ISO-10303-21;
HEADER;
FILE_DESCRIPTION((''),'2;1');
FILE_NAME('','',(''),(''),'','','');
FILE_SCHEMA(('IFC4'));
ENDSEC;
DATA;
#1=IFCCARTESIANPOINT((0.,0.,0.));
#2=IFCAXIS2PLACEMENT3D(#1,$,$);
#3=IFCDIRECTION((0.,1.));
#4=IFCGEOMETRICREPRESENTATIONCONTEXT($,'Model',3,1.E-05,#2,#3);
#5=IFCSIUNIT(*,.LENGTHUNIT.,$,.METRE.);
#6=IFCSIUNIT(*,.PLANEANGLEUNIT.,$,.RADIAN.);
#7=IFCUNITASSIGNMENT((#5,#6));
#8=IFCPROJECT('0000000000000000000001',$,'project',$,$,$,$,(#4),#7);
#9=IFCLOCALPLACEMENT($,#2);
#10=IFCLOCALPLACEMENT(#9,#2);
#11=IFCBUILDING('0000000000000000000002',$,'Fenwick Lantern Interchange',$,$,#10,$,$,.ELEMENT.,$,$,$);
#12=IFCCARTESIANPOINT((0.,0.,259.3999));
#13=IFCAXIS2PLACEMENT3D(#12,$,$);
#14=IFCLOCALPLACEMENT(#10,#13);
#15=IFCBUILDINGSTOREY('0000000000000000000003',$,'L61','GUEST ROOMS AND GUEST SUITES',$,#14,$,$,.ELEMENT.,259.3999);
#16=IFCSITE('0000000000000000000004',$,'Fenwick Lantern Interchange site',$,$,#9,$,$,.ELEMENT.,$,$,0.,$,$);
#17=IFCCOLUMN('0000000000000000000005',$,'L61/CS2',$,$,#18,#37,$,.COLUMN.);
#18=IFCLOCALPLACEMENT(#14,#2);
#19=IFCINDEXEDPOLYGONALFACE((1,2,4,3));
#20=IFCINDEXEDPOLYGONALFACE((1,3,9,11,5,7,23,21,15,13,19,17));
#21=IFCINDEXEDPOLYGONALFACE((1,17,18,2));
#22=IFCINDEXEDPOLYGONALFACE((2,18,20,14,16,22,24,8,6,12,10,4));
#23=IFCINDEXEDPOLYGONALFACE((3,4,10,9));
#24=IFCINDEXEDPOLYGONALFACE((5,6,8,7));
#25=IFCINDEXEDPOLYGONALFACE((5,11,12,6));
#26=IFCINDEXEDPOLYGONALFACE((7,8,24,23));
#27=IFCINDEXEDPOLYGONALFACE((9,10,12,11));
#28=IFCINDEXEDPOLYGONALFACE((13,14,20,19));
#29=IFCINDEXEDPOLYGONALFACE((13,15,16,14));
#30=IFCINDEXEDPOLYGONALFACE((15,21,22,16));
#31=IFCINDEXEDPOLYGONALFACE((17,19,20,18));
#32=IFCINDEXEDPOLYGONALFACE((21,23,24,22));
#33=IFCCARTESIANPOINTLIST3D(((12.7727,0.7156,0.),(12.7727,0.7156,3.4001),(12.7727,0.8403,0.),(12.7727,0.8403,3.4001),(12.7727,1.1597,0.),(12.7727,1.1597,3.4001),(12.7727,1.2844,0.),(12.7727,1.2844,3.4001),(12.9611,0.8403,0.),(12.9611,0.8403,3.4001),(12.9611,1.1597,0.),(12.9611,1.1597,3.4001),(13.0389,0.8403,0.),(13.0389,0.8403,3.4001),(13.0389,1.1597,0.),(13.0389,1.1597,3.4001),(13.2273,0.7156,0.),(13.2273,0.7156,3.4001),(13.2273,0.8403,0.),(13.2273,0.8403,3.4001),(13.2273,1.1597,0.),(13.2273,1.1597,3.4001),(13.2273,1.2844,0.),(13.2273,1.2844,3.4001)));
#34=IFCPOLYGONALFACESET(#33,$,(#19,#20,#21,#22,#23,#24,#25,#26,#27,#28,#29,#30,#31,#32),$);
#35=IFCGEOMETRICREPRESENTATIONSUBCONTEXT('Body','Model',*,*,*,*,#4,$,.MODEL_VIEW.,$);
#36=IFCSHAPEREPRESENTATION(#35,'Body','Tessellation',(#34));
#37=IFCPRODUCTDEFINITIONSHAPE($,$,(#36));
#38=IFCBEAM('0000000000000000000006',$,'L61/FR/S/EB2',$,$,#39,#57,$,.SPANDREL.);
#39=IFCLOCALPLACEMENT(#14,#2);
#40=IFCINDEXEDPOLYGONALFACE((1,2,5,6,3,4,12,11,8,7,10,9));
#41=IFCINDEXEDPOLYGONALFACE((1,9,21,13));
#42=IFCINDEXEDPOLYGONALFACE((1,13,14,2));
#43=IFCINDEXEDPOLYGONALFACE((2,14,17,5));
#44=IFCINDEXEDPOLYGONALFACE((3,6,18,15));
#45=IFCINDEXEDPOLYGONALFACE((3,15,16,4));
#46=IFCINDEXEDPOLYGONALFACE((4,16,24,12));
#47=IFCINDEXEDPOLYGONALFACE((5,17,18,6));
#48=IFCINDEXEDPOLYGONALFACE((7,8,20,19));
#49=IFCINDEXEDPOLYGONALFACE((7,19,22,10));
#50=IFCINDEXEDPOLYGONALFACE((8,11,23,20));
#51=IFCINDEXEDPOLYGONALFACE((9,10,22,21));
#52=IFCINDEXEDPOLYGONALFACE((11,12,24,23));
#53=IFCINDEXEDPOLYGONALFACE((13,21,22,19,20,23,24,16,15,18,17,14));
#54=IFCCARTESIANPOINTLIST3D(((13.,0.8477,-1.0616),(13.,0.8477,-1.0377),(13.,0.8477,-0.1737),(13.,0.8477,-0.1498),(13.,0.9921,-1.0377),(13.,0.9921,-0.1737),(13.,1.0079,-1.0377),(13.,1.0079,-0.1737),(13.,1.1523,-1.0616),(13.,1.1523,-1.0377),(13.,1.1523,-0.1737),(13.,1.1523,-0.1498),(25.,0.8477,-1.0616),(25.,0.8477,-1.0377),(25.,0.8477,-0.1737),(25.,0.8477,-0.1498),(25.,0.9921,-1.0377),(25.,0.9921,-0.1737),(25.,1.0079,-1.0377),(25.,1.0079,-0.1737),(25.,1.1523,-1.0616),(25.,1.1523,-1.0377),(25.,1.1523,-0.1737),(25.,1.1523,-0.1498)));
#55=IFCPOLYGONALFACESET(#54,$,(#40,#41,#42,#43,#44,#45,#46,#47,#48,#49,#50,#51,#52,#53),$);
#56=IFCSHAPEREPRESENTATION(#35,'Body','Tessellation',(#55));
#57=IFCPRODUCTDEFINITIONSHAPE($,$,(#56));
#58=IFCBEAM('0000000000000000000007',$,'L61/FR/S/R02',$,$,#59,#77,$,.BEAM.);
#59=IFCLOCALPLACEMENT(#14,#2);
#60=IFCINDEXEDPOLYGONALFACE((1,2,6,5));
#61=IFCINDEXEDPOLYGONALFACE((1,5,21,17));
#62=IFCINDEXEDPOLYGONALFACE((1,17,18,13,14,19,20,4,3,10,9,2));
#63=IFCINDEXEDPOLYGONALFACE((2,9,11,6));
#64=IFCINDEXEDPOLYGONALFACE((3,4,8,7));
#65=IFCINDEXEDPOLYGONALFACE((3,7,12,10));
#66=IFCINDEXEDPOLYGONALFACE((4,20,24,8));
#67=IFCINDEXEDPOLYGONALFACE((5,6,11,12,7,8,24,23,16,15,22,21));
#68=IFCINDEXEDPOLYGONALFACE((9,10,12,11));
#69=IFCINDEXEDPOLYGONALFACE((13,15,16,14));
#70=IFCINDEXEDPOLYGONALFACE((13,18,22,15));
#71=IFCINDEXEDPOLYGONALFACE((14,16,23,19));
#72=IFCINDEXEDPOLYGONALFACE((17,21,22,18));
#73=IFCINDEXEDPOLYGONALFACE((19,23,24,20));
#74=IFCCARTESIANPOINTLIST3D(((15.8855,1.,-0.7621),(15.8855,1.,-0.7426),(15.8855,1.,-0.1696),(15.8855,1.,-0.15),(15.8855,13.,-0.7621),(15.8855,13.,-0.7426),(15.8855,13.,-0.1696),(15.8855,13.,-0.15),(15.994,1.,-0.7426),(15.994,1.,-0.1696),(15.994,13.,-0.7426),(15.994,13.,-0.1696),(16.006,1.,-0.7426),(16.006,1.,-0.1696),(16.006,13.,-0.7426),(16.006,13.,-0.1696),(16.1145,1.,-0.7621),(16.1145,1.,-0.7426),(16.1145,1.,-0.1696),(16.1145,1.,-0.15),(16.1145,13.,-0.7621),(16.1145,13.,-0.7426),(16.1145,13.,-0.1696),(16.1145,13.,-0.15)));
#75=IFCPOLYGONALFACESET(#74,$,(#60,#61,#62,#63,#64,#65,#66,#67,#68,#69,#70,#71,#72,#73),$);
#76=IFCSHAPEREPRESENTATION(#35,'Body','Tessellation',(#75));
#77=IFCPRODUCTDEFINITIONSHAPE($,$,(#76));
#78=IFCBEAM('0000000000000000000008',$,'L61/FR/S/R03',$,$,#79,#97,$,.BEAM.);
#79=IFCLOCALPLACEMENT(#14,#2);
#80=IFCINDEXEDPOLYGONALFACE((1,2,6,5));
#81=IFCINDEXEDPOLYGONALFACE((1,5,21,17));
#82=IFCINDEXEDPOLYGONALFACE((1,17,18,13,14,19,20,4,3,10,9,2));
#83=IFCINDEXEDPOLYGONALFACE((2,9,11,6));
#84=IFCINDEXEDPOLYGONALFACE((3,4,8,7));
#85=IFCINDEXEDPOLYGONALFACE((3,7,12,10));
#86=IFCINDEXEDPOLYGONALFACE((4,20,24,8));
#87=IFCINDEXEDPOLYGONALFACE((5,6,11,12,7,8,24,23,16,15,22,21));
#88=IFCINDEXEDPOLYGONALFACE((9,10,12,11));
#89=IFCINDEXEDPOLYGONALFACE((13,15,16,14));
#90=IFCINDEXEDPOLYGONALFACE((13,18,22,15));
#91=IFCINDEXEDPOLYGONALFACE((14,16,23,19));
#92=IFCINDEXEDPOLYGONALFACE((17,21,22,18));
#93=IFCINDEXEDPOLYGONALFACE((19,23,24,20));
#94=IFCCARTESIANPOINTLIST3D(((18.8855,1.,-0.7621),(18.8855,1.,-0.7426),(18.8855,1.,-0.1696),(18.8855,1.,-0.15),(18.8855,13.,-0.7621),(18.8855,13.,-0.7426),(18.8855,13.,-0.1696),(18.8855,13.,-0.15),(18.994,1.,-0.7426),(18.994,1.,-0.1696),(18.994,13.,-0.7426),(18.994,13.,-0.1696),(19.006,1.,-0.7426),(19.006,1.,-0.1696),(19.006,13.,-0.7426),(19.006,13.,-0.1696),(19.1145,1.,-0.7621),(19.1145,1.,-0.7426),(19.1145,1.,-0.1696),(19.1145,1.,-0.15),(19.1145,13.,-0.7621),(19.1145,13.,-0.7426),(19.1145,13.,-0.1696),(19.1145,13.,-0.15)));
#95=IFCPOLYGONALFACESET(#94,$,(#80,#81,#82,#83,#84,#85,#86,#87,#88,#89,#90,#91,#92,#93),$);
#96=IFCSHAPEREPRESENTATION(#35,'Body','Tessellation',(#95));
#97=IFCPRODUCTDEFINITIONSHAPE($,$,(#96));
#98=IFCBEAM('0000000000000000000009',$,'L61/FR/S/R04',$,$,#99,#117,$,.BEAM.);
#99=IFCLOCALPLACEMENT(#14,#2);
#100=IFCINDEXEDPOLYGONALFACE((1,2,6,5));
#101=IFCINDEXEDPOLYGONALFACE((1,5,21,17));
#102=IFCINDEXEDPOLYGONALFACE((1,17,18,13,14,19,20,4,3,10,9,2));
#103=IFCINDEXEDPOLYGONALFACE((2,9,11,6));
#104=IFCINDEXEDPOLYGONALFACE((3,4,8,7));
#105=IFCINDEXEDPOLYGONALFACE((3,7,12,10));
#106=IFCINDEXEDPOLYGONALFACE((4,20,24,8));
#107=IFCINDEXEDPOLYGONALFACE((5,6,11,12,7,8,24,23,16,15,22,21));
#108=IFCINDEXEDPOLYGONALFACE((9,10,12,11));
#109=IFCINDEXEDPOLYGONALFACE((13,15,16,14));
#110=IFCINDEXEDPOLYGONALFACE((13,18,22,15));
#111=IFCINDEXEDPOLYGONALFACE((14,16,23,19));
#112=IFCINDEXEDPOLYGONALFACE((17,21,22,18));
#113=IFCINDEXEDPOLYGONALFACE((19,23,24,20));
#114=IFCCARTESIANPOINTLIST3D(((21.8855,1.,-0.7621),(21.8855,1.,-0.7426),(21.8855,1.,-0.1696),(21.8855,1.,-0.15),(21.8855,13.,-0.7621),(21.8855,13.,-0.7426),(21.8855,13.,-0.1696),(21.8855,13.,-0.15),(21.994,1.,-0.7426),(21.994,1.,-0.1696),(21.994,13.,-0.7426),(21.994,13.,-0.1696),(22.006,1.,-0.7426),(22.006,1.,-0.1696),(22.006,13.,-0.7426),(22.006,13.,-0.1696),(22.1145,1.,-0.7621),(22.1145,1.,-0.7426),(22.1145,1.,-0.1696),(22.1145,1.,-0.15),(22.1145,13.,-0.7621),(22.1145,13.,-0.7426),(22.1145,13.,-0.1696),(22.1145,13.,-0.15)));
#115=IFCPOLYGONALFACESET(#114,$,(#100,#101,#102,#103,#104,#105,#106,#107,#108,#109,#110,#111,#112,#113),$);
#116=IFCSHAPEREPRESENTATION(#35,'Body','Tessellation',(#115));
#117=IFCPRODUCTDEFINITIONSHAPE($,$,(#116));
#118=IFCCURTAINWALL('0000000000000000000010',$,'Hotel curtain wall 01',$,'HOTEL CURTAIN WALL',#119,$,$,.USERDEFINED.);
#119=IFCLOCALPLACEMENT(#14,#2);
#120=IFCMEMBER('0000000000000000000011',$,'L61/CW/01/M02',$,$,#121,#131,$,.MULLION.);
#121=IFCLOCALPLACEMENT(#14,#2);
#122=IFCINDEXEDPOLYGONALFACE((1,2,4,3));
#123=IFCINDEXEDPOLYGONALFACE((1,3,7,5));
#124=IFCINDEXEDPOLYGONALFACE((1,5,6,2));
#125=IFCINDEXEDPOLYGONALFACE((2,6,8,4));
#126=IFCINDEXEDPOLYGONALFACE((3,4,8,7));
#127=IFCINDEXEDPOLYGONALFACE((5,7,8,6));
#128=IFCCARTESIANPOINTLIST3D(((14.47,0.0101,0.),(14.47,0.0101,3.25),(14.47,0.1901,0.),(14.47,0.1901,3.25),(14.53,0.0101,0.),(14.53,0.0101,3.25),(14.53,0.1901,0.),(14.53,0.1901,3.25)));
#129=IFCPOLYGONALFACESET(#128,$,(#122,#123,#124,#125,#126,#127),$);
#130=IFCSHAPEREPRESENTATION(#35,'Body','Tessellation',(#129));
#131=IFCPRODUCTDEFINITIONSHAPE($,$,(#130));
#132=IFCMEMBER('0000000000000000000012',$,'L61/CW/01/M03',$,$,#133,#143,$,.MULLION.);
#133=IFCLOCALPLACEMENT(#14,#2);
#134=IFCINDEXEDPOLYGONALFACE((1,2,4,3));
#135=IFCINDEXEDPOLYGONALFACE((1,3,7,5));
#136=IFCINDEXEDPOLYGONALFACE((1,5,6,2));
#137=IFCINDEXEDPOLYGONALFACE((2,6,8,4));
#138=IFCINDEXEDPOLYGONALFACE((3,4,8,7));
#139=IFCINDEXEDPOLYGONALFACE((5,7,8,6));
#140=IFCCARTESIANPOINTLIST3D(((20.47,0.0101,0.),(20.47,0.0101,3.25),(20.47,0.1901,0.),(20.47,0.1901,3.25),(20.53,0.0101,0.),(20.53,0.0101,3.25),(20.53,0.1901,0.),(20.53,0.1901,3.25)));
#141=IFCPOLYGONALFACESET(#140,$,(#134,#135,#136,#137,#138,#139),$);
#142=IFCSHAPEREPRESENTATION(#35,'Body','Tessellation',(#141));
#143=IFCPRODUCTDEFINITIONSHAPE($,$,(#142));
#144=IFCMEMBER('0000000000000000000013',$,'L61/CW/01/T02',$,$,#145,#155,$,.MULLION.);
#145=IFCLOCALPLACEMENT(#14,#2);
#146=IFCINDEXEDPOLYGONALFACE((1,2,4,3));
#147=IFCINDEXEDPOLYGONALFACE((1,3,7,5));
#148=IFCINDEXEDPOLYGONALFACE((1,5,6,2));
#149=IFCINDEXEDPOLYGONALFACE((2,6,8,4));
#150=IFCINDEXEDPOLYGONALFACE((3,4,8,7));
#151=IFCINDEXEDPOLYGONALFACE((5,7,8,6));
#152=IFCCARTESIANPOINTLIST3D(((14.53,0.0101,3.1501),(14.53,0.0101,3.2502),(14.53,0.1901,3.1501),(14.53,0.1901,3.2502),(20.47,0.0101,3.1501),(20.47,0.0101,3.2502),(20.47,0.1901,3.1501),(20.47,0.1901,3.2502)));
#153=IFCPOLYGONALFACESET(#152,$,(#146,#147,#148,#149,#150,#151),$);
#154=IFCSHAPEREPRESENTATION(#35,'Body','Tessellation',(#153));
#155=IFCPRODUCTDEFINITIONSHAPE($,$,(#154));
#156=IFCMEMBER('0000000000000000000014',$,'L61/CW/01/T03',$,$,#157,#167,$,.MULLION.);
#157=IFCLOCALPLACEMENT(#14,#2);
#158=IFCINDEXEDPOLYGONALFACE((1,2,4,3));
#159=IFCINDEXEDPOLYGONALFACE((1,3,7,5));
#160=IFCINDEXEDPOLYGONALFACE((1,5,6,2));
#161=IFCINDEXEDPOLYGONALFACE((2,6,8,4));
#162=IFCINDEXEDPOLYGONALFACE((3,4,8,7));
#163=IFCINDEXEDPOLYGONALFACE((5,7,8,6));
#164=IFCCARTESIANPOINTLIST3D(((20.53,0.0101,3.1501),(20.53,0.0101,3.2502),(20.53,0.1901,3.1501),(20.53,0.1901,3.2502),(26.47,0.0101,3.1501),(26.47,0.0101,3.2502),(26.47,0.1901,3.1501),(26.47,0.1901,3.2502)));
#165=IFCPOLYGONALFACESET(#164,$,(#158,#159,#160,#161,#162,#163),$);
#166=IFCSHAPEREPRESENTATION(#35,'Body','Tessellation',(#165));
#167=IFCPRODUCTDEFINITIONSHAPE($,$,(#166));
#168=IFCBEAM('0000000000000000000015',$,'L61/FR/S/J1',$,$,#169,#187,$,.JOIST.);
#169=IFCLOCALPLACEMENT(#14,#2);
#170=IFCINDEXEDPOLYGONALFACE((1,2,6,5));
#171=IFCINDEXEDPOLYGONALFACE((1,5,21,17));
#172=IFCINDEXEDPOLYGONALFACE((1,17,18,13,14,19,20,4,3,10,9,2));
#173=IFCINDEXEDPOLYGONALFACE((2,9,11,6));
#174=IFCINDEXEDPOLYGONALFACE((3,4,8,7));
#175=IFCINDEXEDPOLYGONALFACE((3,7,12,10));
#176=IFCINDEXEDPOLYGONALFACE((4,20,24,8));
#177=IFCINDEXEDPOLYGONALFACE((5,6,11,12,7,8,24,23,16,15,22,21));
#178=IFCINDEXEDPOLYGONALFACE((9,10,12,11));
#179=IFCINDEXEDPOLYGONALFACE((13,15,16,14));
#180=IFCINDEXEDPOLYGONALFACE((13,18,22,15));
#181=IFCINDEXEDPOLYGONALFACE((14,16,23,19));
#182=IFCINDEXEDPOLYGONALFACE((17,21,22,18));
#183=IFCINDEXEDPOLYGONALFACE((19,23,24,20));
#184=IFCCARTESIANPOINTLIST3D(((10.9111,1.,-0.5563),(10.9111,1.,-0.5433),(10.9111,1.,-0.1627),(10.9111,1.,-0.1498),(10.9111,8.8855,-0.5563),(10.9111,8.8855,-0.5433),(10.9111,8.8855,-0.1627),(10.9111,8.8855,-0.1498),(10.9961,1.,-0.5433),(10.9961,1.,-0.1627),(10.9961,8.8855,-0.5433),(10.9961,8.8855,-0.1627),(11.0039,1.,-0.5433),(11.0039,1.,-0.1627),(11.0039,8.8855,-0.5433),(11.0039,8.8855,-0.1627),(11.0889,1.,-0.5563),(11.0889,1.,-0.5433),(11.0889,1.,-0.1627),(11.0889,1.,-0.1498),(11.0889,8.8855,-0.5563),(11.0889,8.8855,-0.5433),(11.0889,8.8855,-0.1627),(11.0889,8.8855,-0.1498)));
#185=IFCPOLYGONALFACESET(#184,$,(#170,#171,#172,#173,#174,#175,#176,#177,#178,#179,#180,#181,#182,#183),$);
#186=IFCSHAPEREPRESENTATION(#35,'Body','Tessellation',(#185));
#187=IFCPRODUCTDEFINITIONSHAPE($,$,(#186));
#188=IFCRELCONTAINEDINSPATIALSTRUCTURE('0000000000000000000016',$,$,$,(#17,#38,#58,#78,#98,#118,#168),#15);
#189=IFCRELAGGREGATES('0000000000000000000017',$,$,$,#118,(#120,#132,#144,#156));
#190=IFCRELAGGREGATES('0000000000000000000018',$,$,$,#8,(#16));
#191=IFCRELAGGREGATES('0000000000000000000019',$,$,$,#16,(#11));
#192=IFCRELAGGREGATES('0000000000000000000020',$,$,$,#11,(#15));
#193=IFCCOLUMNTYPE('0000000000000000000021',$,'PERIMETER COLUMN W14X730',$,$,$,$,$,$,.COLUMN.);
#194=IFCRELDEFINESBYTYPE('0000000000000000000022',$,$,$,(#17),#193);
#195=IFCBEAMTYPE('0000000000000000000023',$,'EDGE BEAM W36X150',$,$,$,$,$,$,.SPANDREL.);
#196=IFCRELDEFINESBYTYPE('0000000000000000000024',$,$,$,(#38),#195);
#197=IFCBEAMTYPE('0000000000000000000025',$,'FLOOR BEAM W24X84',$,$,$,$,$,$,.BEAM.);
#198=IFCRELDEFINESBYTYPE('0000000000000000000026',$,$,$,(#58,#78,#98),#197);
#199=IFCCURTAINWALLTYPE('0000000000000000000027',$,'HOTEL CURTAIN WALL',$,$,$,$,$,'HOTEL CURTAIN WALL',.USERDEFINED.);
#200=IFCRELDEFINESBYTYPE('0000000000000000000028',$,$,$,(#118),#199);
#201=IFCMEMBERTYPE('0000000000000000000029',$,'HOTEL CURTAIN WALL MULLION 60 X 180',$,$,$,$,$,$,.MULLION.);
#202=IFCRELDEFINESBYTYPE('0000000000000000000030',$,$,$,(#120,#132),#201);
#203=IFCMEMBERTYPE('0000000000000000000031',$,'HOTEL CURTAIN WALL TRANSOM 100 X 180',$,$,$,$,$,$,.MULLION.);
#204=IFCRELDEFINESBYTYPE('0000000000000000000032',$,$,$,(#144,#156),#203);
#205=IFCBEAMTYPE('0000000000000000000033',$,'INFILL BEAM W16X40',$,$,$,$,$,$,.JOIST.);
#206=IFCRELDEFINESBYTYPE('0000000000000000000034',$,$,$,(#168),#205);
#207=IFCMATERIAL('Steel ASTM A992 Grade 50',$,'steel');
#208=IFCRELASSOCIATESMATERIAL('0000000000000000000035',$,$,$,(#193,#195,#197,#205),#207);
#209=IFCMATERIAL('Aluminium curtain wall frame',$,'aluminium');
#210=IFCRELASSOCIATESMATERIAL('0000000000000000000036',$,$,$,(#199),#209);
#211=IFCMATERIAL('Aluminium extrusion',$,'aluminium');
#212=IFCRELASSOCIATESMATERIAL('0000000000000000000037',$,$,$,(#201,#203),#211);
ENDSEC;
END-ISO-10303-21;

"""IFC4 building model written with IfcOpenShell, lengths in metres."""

from ifc_helpers import new_model, si_unit, direction, frame, origin, origin_2d, place, context, subcontext, project, spatial, rectangle, i_section, extrude, material, material_profile, profile_set, type_object, element, aggregate, save


model = new_model("IFC4")

# Units and contexts
model_context = context("Model", 3, precision=1e-05, world=origin(), true_north=direction((0.0, 1.0)))
body_context = subcontext(model_context, "Body", "Model", "MODEL_VIEW")
ifc_project = project(units=[si_unit("LENGTHUNIT", "METRE"), si_unit("PLANEANGLEUNIT", "RADIAN")], contexts=[model_context])

# Site, building, storey
site_placement = place(None, origin())
site = spatial("IfcSite", under=ifc_project, at=site_placement, Name="Fenwick Lantern Interchange site", CompositionType="ELEMENT", RefElevation=0.0)
building_placement = place(site_placement, origin())
building = spatial("IfcBuilding", under=site, at=building_placement, Name="Fenwick Lantern Interchange", CompositionType="ELEMENT")
storey_placement = place(building_placement, frame((0.0, 0.0, 259.3999)))
storey = spatial("IfcBuildingStorey", under=building, at=storey_placement, Name="L61", Description="GUEST ROOMS AND GUEST SUITES", CompositionType="ELEMENT", Elevation=259.3999)

# Column
ifc_material_1 = material(Name="Steel ASTM A992 Grade 50", Category="steel")
ifc_material_profile_1 = material_profile(ifc_material_1, i_section(OverallWidth=0.4546, OverallDepth=0.5688, WebThickness=0.0779, FlangeThickness=0.1248, at=origin_2d()), Name="W14X730")
ifc_profile_set_1 = profile_set([ifc_material_profile_1], Name="Steel ASTM A992 Grade 50")
column_type = type_object("IfcColumnType", Name="PERIMETER COLUMN W14X730", PredefinedType="COLUMN", material=ifc_profile_set_1)
column_placement = place(storey_placement, frame((13.0, 1.0, 0.0), z_axis=(0.0, 0.0, 1.0), x_axis=(1.0, 0.0, 0.0)))
element("IfcColumn", 1, at=column_placement, inside=storey, type_object=column_type, Name="L61/CS2", PredefinedType="COLUMN", context=body_context, shape_type="SweptSolid", body=[
    extrude(i_section(OverallWidth=0.4546, OverallDepth=0.5688, WebThickness=0.0779, FlangeThickness=0.1248, at=origin_2d()), origin(), (0.0, 0.0, 1.0), 3.4001),
])

# Beams
ifc_material_profile_2 = material_profile(ifc_material_1, i_section(OverallWidth=0.3047, OverallDepth=0.9119, WebThickness=0.0159, FlangeThickness=0.0239, at=origin_2d()), Name="W36X150")
ifc_profile_set_2 = profile_set([ifc_material_profile_2], Name="Steel ASTM A992 Grade 50")
beam_type_1 = type_object("IfcBeamType", Name="EDGE BEAM W36X150", PredefinedType="SPANDREL", material=ifc_profile_set_2)
beam_1_placement = place(storey_placement, frame((13.0, 1.0, -0.6057), z_axis=(1.0, 0.0, 0.0), x_axis=(0.0, 1.0, 0.0)))
element("IfcBeam", 2, at=beam_1_placement, inside=storey, type_object=beam_type_1, Name="L61/FR/S/EB2", PredefinedType="SPANDREL", context=body_context, shape_type="SweptSolid", body=[
    extrude(i_section(OverallWidth=0.3047, OverallDepth=0.9119, WebThickness=0.0159, FlangeThickness=0.0239, at=origin_2d()), origin(), (0.0, 0.0, 1.0), 12.0),
])
ifc_material_profile_3 = material_profile(ifc_material_1, i_section(OverallWidth=0.229, OverallDepth=0.6121, WebThickness=0.012, FlangeThickness=0.0195, at=origin_2d()), Name="W24X84")
ifc_profile_set_3 = profile_set([ifc_material_profile_3], Name="Steel ASTM A992 Grade 50")
beam_type_2 = type_object("IfcBeamType", Name="FLOOR BEAM W24X84", PredefinedType="BEAM", material=ifc_profile_set_3)
for number, where, z_axis, x_axis, name in (
    (3, (16.0, 1.0, -0.4561), (0.0, 1.0, 0.0), (-1.0, 0.0, 0.0), "L61/FR/S/R02"),
    (4, (19.0, 1.0, -0.4561), (0.0, 1.0, 0.0), (-1.0, 0.0, 0.0), "L61/FR/S/R03"),
    (5, (22.0, 1.0, -0.4561), (0.0, 1.0, 0.0), (-1.0, 0.0, 0.0), "L61/FR/S/R04"),
):
    element("IfcBeam", number, at=place(storey_placement, frame(where, z_axis=z_axis, x_axis=x_axis)), inside=storey, type_object=beam_type_2, Name=name, PredefinedType="BEAM", context=body_context, shape_type="SweptSolid", body=[
        extrude(i_section(OverallWidth=0.229, OverallDepth=0.6121, WebThickness=0.012, FlangeThickness=0.0195, at=origin_2d()), origin(), (0.0, 0.0, 1.0), 12.0),
    ])

# Curtain wall, members
ifc_material_2 = material(Name="Aluminium curtain wall frame", Category="aluminium")
curtain_wall_type = type_object("IfcCurtainWallType", Name="HOTEL CURTAIN WALL", ElementType="HOTEL CURTAIN WALL", PredefinedType="USERDEFINED", material=ifc_material_2)
curtain_wall_placement = place(storey_placement, origin())
curtain_wall = element("IfcCurtainWall", 6, at=curtain_wall_placement, inside=storey, type_object=curtain_wall_type, Name="Hotel curtain wall 01", ObjectType="HOTEL CURTAIN WALL", PredefinedType="USERDEFINED")
ifc_material_3 = material(Name="Aluminium extrusion", Category="aluminium")
ifc_material_profile_4 = material_profile(ifc_material_3, rectangle(XDim=0.1799, YDim=0.0601, at=origin_2d()), Name="HOTEL CURTAIN WALL MULLION 60 X 180")
ifc_profile_set_4 = profile_set([ifc_material_profile_4], Name="Aluminium extrusion")
member_type_1 = type_object("IfcMemberType", Name="HOTEL CURTAIN WALL MULLION 60 X 180", PredefinedType="MULLION", material=ifc_profile_set_4)
member_1_placement = place(storey_placement, frame((14.5, 0.1001, 0.0), z_axis=(0.0, 0.0, 1.0), x_axis=(0.0, 1.0, 0.0)))
member_1 = element("IfcMember", 7, at=member_1_placement, type_object=member_type_1, Name="L61/CW/01/M02", PredefinedType="MULLION", context=body_context, shape_type="SweptSolid", body=[
    extrude(rectangle(XDim=0.1799, YDim=0.0601, at=origin_2d()), origin(), (0.0, 0.0, 1.0), 3.25),
])
member_2_placement = place(storey_placement, frame((20.5, 0.1001, 0.0), z_axis=(0.0, 0.0, 1.0), x_axis=(0.0, 1.0, 0.0)))
member_2 = element("IfcMember", 8, at=member_2_placement, type_object=member_type_1, Name="L61/CW/01/M03", PredefinedType="MULLION", context=body_context, shape_type="SweptSolid", body=[
    extrude(rectangle(XDim=0.1799, YDim=0.0601, at=origin_2d()), origin(), (0.0, 0.0, 1.0), 3.25),
])
ifc_material_profile_5 = material_profile(ifc_material_3, rectangle(XDim=0.1799, YDim=0.1001, at=origin_2d()), Name="HOTEL CURTAIN WALL TRANSOM 100 X 180")
ifc_profile_set_5 = profile_set([ifc_material_profile_5], Name="Aluminium extrusion")
member_type_2 = type_object("IfcMemberType", Name="HOTEL CURTAIN WALL TRANSOM 100 X 180", PredefinedType="MULLION", material=ifc_profile_set_5)
member_3_placement = place(storey_placement, frame((14.53, 0.1001, 3.2002), z_axis=(1.0, 0.0, 0.0), x_axis=(0.0, 1.0, 0.0)))
member_3 = element("IfcMember", 9, at=member_3_placement, type_object=member_type_2, Name="L61/CW/01/T02", PredefinedType="MULLION", context=body_context, shape_type="SweptSolid", body=[
    extrude(rectangle(XDim=0.1799, YDim=0.1001, at=origin_2d()), origin(), (0.0, 0.0, 1.0), 5.9399),
])
member_4_placement = place(storey_placement, frame((20.53, 0.1001, 3.2002), z_axis=(1.0, 0.0, 0.0), x_axis=(0.0, 1.0, 0.0)))
member_4 = element("IfcMember", 10, at=member_4_placement, type_object=member_type_2, Name="L61/CW/01/T03", PredefinedType="MULLION", context=body_context, shape_type="SweptSolid", body=[
    extrude(rectangle(XDim=0.1799, YDim=0.1001, at=origin_2d()), origin(), (0.0, 0.0, 1.0), 5.9399),
])
aggregate(curtain_wall, [member_1, member_2, member_3, member_4])

# Beam
ifc_material_profile_6 = material_profile(ifc_material_1, i_section(OverallWidth=0.1777, OverallDepth=0.4065, WebThickness=0.0078, FlangeThickness=0.0129, at=origin_2d()), Name="W16X40")
ifc_profile_set_6 = profile_set([ifc_material_profile_6], Name="Steel ASTM A992 Grade 50")
beam_type_3 = type_object("IfcBeamType", Name="INFILL BEAM W16X40", PredefinedType="JOIST", material=ifc_profile_set_6)
beam_2_placement = place(storey_placement, frame((11.0, 1.0, -0.353), z_axis=(0.0, 1.0, 0.0), x_axis=(-1.0, 0.0, 0.0)))
element("IfcBeam", 11, at=beam_2_placement, inside=storey, type_object=beam_type_3, Name="L61/FR/S/J1", PredefinedType="JOIST", context=body_context, shape_type="SweptSolid", body=[
    extrude(i_section(OverallWidth=0.1777, OverallDepth=0.4065, WebThickness=0.0078, FlangeThickness=0.0129, at=origin_2d()), origin(), (0.0, 0.0, 1.0), 7.8855),
])

save(model, "model.ifc")
